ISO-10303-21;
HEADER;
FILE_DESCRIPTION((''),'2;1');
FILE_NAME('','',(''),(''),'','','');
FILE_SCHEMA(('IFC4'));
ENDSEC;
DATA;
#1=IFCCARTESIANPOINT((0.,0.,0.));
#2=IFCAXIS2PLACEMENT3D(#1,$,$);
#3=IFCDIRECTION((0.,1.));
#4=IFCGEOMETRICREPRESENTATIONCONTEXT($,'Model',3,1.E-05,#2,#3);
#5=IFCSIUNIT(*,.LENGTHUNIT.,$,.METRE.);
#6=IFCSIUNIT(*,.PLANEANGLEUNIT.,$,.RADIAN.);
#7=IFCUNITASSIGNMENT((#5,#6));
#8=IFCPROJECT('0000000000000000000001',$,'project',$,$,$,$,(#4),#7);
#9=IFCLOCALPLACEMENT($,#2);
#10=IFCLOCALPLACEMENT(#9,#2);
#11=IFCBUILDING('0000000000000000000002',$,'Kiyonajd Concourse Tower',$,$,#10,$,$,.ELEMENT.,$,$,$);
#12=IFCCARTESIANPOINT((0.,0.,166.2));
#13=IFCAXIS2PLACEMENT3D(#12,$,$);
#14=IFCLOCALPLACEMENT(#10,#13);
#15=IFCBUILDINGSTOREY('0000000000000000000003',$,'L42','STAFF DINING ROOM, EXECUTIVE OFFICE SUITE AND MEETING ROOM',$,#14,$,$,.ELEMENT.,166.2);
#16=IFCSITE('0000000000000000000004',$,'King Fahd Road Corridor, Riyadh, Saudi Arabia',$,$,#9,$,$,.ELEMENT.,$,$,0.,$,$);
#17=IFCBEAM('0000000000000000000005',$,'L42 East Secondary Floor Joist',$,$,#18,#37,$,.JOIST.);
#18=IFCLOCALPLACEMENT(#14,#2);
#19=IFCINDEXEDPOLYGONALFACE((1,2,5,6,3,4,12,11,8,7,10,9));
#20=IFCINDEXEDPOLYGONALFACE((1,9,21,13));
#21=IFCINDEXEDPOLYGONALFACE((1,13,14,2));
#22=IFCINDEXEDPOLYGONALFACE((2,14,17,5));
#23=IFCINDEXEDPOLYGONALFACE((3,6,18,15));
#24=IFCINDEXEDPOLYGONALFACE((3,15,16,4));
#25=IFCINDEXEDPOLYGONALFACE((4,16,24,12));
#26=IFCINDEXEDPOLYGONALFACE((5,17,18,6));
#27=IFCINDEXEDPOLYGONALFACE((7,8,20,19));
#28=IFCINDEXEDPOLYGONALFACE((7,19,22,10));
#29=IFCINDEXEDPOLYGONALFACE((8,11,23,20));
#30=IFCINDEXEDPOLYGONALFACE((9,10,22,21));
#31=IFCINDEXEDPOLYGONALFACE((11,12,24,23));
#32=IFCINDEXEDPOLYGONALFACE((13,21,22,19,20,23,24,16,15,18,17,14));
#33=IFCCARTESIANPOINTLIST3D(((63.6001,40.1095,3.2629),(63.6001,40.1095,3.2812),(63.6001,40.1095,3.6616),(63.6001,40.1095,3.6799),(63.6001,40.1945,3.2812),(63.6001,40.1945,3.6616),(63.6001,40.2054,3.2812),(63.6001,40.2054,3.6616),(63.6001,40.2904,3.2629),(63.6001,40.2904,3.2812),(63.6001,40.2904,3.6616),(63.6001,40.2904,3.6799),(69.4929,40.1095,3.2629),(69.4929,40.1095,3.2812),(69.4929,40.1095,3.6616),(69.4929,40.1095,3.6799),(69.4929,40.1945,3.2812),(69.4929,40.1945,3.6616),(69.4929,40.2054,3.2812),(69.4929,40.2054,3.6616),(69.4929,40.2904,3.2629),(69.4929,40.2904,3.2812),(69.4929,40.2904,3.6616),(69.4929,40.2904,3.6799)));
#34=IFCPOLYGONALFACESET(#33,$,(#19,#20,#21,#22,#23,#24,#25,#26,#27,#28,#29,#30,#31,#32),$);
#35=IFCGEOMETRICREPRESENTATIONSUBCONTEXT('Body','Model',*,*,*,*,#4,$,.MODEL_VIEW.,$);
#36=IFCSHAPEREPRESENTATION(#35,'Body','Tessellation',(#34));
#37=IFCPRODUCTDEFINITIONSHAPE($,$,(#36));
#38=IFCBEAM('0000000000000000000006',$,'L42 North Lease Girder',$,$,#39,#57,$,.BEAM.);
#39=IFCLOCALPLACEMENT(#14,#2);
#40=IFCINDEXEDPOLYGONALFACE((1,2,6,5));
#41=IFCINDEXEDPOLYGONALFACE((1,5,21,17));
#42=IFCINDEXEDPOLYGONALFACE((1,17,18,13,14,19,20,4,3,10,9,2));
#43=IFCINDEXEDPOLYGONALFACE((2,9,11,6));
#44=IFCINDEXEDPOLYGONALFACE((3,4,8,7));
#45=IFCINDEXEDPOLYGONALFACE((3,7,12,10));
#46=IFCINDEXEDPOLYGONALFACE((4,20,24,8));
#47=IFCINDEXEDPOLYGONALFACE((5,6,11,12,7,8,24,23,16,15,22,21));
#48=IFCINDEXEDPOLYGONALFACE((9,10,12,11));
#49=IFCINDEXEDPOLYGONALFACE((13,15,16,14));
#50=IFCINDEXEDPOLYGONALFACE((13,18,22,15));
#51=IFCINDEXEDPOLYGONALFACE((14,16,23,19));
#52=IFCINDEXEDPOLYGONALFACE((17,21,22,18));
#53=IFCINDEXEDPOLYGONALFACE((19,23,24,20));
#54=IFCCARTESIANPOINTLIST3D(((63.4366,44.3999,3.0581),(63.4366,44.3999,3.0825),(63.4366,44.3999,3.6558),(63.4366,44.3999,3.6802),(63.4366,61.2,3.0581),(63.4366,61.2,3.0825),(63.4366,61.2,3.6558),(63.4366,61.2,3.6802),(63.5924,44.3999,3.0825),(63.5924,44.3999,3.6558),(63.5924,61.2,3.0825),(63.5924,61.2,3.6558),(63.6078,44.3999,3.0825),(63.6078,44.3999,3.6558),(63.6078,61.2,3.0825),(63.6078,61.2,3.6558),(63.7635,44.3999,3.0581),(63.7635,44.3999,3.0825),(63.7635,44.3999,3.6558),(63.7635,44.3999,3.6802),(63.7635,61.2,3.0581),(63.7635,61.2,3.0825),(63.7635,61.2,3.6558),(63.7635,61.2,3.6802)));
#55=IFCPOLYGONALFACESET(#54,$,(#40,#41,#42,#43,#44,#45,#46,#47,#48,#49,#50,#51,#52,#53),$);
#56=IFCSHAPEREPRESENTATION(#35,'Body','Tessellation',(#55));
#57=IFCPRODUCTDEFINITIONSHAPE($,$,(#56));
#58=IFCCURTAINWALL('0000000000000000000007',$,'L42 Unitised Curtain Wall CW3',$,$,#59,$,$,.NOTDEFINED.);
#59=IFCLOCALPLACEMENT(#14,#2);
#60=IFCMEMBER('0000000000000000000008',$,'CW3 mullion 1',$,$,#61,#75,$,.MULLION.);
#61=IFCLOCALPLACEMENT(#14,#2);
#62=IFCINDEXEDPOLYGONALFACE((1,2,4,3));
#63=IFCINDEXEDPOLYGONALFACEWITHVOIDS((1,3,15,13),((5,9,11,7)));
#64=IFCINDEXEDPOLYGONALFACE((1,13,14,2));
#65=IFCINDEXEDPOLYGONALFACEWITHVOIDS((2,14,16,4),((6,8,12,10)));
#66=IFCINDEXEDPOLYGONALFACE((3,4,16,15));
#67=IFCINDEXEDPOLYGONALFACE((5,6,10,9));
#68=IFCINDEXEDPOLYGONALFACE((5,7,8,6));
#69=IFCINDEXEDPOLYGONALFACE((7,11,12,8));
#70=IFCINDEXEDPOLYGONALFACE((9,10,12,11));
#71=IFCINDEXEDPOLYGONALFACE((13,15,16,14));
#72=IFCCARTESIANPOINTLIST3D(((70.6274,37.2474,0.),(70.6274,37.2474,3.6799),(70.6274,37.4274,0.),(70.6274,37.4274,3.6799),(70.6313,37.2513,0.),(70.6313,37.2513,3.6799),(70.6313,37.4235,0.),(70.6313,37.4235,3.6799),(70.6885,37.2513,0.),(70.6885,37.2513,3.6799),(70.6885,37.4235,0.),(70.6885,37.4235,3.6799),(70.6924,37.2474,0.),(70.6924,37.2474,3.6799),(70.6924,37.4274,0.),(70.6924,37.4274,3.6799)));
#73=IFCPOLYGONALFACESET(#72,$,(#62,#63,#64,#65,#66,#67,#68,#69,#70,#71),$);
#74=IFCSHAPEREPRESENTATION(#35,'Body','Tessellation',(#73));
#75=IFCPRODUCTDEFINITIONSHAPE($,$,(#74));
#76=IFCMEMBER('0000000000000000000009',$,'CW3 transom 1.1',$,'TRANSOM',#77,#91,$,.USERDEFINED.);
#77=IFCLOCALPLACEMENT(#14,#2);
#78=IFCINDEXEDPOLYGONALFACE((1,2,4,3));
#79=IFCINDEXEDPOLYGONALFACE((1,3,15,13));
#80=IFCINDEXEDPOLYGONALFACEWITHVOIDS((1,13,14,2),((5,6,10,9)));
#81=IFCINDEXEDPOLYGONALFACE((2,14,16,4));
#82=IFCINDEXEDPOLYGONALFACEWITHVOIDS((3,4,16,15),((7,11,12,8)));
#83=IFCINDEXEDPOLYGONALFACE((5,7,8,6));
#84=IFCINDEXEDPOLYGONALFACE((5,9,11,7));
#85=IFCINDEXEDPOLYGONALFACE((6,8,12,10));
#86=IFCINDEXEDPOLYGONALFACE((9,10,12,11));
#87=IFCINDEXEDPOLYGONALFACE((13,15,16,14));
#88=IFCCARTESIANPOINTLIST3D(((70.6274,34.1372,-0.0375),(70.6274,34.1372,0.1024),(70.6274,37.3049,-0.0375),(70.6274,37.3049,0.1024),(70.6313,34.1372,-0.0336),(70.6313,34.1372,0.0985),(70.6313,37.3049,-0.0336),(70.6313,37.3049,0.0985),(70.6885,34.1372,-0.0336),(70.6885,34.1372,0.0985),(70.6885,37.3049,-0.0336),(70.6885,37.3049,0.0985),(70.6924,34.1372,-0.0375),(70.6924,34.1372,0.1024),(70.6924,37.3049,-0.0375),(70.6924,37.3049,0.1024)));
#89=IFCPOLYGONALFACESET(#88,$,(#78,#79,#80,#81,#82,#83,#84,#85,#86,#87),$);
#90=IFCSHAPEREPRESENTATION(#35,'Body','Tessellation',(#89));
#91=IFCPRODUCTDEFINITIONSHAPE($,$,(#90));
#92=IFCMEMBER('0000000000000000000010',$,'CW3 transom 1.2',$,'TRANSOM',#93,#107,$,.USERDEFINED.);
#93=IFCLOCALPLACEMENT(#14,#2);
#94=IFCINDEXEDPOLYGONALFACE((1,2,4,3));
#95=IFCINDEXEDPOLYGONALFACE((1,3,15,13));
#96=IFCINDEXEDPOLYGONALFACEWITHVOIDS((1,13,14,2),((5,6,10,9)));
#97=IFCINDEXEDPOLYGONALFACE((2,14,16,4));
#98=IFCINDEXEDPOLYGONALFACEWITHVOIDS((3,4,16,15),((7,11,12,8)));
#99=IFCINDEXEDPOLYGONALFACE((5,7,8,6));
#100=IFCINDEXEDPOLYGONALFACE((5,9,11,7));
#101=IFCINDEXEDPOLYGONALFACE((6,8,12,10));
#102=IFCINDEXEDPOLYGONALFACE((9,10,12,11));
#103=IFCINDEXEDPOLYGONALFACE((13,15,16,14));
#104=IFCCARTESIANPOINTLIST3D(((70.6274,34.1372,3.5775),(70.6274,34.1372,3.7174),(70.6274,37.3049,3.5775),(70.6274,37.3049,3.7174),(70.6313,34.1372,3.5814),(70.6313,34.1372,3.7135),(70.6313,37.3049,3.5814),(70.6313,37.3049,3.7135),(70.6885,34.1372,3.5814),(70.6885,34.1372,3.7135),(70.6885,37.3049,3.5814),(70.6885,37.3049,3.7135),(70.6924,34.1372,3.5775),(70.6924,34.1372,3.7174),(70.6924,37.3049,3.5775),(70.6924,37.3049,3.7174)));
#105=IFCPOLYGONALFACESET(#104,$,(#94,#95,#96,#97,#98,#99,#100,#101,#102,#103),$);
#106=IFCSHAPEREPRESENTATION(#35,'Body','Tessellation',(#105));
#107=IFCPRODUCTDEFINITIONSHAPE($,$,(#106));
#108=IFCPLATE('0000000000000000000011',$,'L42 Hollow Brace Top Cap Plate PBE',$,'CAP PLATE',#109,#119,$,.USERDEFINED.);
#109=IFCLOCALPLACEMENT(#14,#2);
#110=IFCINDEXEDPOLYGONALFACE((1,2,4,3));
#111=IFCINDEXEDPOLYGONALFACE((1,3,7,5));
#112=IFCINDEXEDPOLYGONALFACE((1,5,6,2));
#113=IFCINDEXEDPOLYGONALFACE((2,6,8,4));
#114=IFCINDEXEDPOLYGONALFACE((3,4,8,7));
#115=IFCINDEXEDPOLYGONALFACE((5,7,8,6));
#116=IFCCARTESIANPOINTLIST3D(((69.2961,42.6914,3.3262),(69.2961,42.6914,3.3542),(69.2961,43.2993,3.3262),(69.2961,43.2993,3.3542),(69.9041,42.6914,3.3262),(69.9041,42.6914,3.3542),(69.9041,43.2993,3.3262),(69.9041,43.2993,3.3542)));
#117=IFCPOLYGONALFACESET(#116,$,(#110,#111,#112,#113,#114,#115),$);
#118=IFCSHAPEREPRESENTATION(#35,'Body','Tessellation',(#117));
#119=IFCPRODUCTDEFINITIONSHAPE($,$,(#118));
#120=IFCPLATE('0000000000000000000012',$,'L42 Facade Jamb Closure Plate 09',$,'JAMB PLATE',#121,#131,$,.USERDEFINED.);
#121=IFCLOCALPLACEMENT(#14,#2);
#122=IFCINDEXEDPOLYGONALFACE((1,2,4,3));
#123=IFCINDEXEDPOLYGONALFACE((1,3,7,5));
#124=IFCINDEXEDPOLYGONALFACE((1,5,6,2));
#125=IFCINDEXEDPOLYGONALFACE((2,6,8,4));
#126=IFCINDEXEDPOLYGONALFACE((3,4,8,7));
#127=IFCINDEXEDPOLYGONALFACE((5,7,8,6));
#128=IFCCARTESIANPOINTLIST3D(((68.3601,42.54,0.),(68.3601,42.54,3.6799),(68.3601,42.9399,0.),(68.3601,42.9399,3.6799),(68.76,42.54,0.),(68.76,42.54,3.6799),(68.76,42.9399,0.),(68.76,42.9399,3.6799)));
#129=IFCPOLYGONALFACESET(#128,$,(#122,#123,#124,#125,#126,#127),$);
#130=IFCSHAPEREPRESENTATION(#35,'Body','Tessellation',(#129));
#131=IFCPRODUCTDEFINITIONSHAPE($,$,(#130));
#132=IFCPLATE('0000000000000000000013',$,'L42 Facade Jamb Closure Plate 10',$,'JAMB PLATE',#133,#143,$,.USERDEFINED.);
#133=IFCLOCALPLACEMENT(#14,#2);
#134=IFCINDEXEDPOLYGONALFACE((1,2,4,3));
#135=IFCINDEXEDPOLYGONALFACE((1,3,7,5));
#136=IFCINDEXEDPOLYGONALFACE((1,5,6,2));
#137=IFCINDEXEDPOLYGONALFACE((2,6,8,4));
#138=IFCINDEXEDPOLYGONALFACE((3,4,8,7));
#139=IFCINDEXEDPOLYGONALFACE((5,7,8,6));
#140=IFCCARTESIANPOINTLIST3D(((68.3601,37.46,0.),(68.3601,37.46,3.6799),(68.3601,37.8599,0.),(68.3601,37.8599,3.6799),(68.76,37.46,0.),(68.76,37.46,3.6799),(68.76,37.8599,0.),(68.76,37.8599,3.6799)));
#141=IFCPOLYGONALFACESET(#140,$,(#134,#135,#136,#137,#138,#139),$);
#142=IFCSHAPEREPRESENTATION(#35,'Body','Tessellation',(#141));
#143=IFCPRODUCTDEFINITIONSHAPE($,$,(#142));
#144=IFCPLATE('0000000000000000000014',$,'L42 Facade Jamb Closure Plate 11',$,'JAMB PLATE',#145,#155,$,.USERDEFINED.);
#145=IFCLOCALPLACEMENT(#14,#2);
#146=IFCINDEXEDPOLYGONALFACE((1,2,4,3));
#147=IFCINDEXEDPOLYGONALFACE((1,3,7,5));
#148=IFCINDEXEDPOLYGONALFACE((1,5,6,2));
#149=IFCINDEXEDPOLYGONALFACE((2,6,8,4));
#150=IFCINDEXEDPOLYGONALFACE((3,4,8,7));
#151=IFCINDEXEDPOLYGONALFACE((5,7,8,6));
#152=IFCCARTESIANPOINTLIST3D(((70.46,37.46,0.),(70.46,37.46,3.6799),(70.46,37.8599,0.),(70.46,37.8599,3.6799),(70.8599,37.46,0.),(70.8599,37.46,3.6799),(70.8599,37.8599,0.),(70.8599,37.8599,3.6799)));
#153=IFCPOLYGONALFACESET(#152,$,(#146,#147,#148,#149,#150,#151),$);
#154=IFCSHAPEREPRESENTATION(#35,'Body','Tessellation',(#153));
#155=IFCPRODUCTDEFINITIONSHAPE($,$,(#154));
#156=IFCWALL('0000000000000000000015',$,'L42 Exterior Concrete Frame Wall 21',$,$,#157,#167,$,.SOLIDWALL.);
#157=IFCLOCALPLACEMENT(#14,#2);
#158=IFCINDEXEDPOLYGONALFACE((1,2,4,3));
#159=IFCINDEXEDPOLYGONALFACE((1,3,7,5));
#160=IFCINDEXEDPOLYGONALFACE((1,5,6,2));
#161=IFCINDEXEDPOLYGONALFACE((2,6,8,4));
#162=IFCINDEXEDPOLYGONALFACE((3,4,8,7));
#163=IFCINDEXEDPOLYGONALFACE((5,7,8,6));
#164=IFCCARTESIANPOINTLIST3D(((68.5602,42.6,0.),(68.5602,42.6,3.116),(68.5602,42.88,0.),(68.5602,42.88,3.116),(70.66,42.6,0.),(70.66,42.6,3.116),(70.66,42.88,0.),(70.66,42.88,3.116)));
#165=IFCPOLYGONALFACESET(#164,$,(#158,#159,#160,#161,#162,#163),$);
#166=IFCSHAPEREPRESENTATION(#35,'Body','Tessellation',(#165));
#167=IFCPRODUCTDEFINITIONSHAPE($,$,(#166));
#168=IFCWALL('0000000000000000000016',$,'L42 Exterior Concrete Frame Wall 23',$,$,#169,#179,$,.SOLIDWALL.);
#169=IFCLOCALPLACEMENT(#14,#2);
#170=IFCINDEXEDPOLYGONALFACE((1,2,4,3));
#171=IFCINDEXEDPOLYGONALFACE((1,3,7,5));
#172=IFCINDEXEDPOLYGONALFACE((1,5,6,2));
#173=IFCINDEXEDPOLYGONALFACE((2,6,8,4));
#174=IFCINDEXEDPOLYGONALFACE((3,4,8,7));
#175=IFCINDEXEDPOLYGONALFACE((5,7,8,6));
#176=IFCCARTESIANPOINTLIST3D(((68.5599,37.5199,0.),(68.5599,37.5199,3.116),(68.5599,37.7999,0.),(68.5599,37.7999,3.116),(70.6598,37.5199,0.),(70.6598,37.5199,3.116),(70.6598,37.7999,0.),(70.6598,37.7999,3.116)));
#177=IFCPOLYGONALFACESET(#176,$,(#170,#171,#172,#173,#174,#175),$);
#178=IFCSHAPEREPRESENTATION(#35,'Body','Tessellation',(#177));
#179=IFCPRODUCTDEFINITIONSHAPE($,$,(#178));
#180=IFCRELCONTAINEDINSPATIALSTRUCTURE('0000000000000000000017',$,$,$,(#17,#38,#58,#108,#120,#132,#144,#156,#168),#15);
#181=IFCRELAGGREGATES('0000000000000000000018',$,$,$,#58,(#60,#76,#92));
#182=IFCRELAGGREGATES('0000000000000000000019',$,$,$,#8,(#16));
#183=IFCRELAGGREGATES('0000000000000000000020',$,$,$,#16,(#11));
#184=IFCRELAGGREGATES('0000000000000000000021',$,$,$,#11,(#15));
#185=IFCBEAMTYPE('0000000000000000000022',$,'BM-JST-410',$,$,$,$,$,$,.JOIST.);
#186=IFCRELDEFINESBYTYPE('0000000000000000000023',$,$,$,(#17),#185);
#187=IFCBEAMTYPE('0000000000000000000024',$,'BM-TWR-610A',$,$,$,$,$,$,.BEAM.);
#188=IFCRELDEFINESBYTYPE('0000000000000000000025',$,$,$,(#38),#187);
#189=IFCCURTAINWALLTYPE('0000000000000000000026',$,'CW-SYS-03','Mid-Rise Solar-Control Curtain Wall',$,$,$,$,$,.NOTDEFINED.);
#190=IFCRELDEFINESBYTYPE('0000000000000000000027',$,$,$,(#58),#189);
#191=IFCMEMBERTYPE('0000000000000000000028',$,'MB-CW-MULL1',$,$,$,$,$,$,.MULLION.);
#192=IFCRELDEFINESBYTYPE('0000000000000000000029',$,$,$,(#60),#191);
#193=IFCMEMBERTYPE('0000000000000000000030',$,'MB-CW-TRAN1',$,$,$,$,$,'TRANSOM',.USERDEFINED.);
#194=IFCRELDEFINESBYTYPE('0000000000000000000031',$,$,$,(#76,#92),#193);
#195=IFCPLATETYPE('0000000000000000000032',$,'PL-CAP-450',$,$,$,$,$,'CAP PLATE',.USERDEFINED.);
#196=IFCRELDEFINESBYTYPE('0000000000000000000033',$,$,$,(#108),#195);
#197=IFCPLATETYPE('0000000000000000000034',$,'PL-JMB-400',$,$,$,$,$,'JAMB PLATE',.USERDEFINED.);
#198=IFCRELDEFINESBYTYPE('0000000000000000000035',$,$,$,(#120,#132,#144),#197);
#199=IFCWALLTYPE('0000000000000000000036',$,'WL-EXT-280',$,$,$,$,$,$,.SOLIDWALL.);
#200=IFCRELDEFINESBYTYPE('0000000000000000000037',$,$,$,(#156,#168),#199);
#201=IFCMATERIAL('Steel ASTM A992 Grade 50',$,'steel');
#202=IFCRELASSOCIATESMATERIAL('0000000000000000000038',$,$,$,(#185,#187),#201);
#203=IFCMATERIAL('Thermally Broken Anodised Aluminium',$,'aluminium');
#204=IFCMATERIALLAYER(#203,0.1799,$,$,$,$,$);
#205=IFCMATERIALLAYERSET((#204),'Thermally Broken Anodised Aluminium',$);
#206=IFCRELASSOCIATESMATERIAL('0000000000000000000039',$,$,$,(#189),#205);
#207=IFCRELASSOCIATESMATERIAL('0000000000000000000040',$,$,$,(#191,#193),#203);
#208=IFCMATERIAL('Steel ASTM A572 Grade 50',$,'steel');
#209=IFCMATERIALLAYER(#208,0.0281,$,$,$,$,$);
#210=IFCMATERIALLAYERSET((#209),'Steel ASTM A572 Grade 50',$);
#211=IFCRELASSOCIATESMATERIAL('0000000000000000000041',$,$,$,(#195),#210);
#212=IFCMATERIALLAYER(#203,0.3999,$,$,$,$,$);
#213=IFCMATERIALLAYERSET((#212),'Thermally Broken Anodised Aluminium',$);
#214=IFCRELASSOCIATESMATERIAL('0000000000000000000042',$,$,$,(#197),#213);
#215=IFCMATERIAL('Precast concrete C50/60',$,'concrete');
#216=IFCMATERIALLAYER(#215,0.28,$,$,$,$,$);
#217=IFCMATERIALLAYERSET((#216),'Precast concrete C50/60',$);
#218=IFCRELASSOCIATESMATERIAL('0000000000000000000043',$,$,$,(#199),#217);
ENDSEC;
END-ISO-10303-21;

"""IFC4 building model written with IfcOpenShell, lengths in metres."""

from ifc_helpers import new_model, si_unit, direction, frame, frame_2d, origin, origin_2d, place, context, subcontext, project, spatial, rectangle, hollow_rectangle, i_section, extrude, material, layer, layer_set, material_profile, profile_set, type_object, element, aggregate, save


model = new_model("IFC4")

# Units and contexts
model_context = context("Model", 3, precision=1e-05, world=origin(), true_north=direction((0.0, 1.0)))
body_context = subcontext(model_context, "Body", "Model", "MODEL_VIEW")
ifc_project = project(units=[si_unit("LENGTHUNIT", "METRE"), si_unit("PLANEANGLEUNIT", "RADIAN")], contexts=[model_context])

# Site, building, storey
site_placement = place(None, origin())
site = spatial("IfcSite", under=ifc_project, at=site_placement, Name="King Fahd Road Corridor, Riyadh, Saudi Arabia", CompositionType="ELEMENT", RefElevation=0.0)
building_placement = place(site_placement, origin())
building = spatial("IfcBuilding", under=site, at=building_placement, Name="Kiyonajd Concourse Tower", CompositionType="ELEMENT")
storey_placement = place(building_placement, frame((0.0, 0.0, 166.2)))
storey = spatial("IfcBuildingStorey", under=building, at=storey_placement, Name="L42", Description="STAFF DINING ROOM, EXECUTIVE OFFICE SUITE AND MEETING ROOM", CompositionType="ELEMENT", Elevation=166.2)

# Beams
ifc_material_1 = material(Name="Steel ASTM A992 Grade 50", Category="steel")
ifc_material_profile_1 = material_profile(ifc_material_1, i_section(OverallWidth=0.1809, OverallDepth=0.417, WebThickness=0.011, FlangeThickness=0.0183, at=origin_2d()), Name="W410X85")
ifc_profile_set_1 = profile_set([ifc_material_profile_1], Name="Steel ASTM A992 Grade 50")
beam_type_1 = type_object("IfcBeamType", Name="BM-JST-410", PredefinedType="JOIST", material=ifc_profile_set_1)
beam_1_placement = place(storey_placement, frame((63.6001, 40.2, 3.4714), z_axis=(1.0, 0.0, 0.0), x_axis=(0.0, 1.0, 0.0)))
element("IfcBeam", 1, at=beam_1_placement, inside=storey, type_object=beam_type_1, Name="L42 East Secondary Floor Joist", PredefinedType="JOIST", context=body_context, shape_type="SweptSolid", body=[
    extrude(i_section(OverallWidth=0.1809, OverallDepth=0.417, WebThickness=0.011, FlangeThickness=0.0183, at=origin_2d()), origin(), (0.0, 0.0, 1.0), 5.8928),
])
ifc_material_profile_2 = material_profile(ifc_material_1, i_section(OverallWidth=0.3269, OverallDepth=0.6221, WebThickness=0.0154, FlangeThickness=0.0244, at=origin_2d()), Name="W610X195")
ifc_profile_set_2 = profile_set([ifc_material_profile_2], Name="Steel ASTM A992 Grade 50")
beam_type_2 = type_object("IfcBeamType", Name="BM-TWR-610A", PredefinedType="BEAM", material=ifc_profile_set_2)
beam_2_placement = place(storey_placement, frame((63.6001, 44.3999, 3.3691), z_axis=(0.0, 1.0, 0.0), x_axis=(-1.0, 0.0, 0.0)))
element("IfcBeam", 2, at=beam_2_placement, inside=storey, type_object=beam_type_2, Name="L42 North Lease Girder", PredefinedType="BEAM", context=body_context, shape_type="SweptSolid", body=[
    extrude(i_section(OverallWidth=0.3269, OverallDepth=0.6221, WebThickness=0.0154, FlangeThickness=0.0244, at=origin_2d()), origin(), (0.0, 0.0, 1.0), 16.8),
])

# Curtain wall, members
ifc_material_2 = material(Name="Thermally Broken Anodised Aluminium", Category="aluminium")
ifc_layer_1 = layer(ifc_material_2, 0.1799)
ifc_layer_set_1 = layer_set([ifc_layer_1], Name="Thermally Broken Anodised Aluminium")
curtain_wall_type = type_object("IfcCurtainWallType", Name="CW-SYS-03", Description="Mid-Rise Solar-Control Curtain Wall", PredefinedType="NOTDEFINED", material=ifc_layer_set_1)
curtain_wall_placement = place(storey_placement, origin())
curtain_wall = element("IfcCurtainWall", 3, at=curtain_wall_placement, inside=storey, type_object=curtain_wall_type, Name="L42 Unitised Curtain Wall CW3", PredefinedType="NOTDEFINED")
ifc_material_profile_3 = material_profile(ifc_material_2, hollow_rectangle(XDim=0.0649, YDim=0.1799, WallThickness=0.0039, at=origin_2d()), Name="MULL-65x180")
ifc_profile_set_3 = profile_set([ifc_material_profile_3], Name="Thermally Broken Anodised Aluminium")
member_type_1 = type_object("IfcMemberType", Name="MB-CW-MULL1", PredefinedType="MULLION", material=ifc_profile_set_3)
member_1_placement = place(storey_placement, frame((70.6599, 37.3374, 0.0), z_axis=(0.0, 0.0, 1.0), x_axis=(1.0, 0.0, 0.0)))
member_1 = element("IfcMember", 4, at=member_1_placement, type_object=member_type_1, Name="CW3 mullion 1", PredefinedType="MULLION", context=body_context, shape_type="SweptSolid", body=[
    extrude(hollow_rectangle(XDim=0.0649, YDim=0.1799, WallThickness=0.0039, at=origin_2d()), origin(), (0.0, 0.0, 1.0), 3.6799),
])
ifc_material_profile_4 = material_profile(ifc_material_2, hollow_rectangle(XDim=0.0649, YDim=0.1399, WallThickness=0.0039, at=origin_2d()), Name="TRAN-65x140")
ifc_profile_set_4 = profile_set([ifc_material_profile_4], Name="Thermally Broken Anodised Aluminium")
member_type_2 = type_object("IfcMemberType", Name="MB-CW-TRAN1", ElementType="TRANSOM", PredefinedType="USERDEFINED", material=ifc_profile_set_4)
member_2_placement = place(storey_placement, frame((70.6599, 37.3049, 0.0325), z_axis=(0.0, -1.0, 0.0), x_axis=(1.0, 0.0, 0.0)))
member_2 = element("IfcMember", 5, at=member_2_placement, type_object=member_type_2, Name="CW3 transom 1.1", ObjectType="TRANSOM", PredefinedType="USERDEFINED", context=body_context, shape_type="SweptSolid", body=[
    extrude(hollow_rectangle(XDim=0.0649, YDim=0.1399, WallThickness=0.0039, at=origin_2d()), origin(), (0.0, 0.0, 1.0), 3.1677),
])
member_3_placement = place(storey_placement, frame((70.6599, 37.3049, 3.6475), z_axis=(0.0, -1.0, 0.0), x_axis=(1.0, 0.0, 0.0)))
member_3 = element("IfcMember", 6, at=member_3_placement, type_object=member_type_2, Name="CW3 transom 1.2", ObjectType="TRANSOM", PredefinedType="USERDEFINED", context=body_context, shape_type="SweptSolid", body=[
    extrude(hollow_rectangle(XDim=0.0649, YDim=0.1399, WallThickness=0.0039, at=origin_2d()), origin(), (0.0, 0.0, 1.0), 3.1677),
])
aggregate(curtain_wall, [member_1, member_2, member_3])

# Plates
ifc_material_3 = material(Name="Steel ASTM A572 Grade 50", Category="steel")
ifc_layer_2 = layer(ifc_material_3, 0.0281)
ifc_layer_set_2 = layer_set([ifc_layer_2], Name="Steel ASTM A572 Grade 50")
plate_type_1 = type_object("IfcPlateType", Name="PL-CAP-450", ElementType="CAP PLATE", PredefinedType="USERDEFINED", material=ifc_layer_set_2)
plate_placement = place(storey_placement, frame((69.6001, 42.9954, 3.3262), z_axis=(0.0, 0.0, 1.0), x_axis=(1.0, 0.0, 0.0)))
element("IfcPlate", 7, at=plate_placement, inside=storey, type_object=plate_type_1, Name="L42 Hollow Brace Top Cap Plate PBE", ObjectType="CAP PLATE", PredefinedType="USERDEFINED", context=body_context, shape_type="SweptSolid", body=[
    extrude(rectangle(XDim=0.6079, YDim=0.6079, at=origin_2d()), origin(), (0.0, 0.0, 1.0), 0.0281),
])
ifc_layer_3 = layer(ifc_material_2, 0.3999)
ifc_layer_set_3 = layer_set([ifc_layer_3], Name="Thermally Broken Anodised Aluminium")
plate_type_2 = type_object("IfcPlateType", Name="PL-JMB-400", ElementType="JAMB PLATE", PredefinedType="USERDEFINED", material=ifc_layer_set_3)
for number, where, z_axis, x_axis, name in (
    (8, (68.5601, 42.74, 0.0), (0.0, 0.0, 1.0), (1.0, 0.0, 0.0), "L42 Facade Jamb Closure Plate 09"),
    (9, (68.5601, 37.6599, 0.0), (0.0, 0.0, 1.0), (1.0, 0.0, 0.0), "L42 Facade Jamb Closure Plate 10"),
    (10, (70.6599, 37.6599, 0.0), (0.0, 0.0, 1.0), (1.0, 0.0, 0.0), "L42 Facade Jamb Closure Plate 11"),
):
    element("IfcPlate", number, at=place(storey_placement, frame(where, z_axis=z_axis, x_axis=x_axis)), inside=storey, type_object=plate_type_2, Name=name, ObjectType="JAMB PLATE", PredefinedType="USERDEFINED", context=body_context, shape_type="SweptSolid", body=[
        extrude(rectangle(XDim=0.3999, YDim=0.3999, at=origin_2d()), origin(), (0.0, 0.0, 1.0), 3.6799),
    ])

# Walls
ifc_material_4 = material(Name="Precast concrete C50/60", Category="concrete")
ifc_layer_4 = layer(ifc_material_4, 0.28)
ifc_layer_set_4 = layer_set([ifc_layer_4], Name="Precast concrete C50/60")
wall_type_1 = type_object("IfcWallType", Name="WL-EXT-280", PredefinedType="SOLIDWALL", material=ifc_layer_set_4)
for number, where, z_axis, x_axis, name in (
    (11, (70.6599, 42.74, 0.0), (0.0, 0.0, 1.0), (-1.0, 0.0, 0.0), "L42 Exterior Concrete Frame Wall 21"),
    (12, (68.5601, 37.6599, 0.0), (0.0, 0.0, 1.0), (1.0, 0.0, 0.0), "L42 Exterior Concrete Frame Wall 23"),
):
    element("IfcWall", number, at=place(storey_placement, frame(where, z_axis=z_axis, x_axis=x_axis)), inside=storey, type_object=wall_type_1, Name=name, PredefinedType="SOLIDWALL", context=body_context, shape_type="SweptSolid", body=[
        extrude(rectangle(XDim=2.0999, YDim=0.28, at=frame_2d((1.0498, 0.0))), origin(), (0.0, 0.0, 1.0), 3.116),
    ])

save(model, "model.ifc")
